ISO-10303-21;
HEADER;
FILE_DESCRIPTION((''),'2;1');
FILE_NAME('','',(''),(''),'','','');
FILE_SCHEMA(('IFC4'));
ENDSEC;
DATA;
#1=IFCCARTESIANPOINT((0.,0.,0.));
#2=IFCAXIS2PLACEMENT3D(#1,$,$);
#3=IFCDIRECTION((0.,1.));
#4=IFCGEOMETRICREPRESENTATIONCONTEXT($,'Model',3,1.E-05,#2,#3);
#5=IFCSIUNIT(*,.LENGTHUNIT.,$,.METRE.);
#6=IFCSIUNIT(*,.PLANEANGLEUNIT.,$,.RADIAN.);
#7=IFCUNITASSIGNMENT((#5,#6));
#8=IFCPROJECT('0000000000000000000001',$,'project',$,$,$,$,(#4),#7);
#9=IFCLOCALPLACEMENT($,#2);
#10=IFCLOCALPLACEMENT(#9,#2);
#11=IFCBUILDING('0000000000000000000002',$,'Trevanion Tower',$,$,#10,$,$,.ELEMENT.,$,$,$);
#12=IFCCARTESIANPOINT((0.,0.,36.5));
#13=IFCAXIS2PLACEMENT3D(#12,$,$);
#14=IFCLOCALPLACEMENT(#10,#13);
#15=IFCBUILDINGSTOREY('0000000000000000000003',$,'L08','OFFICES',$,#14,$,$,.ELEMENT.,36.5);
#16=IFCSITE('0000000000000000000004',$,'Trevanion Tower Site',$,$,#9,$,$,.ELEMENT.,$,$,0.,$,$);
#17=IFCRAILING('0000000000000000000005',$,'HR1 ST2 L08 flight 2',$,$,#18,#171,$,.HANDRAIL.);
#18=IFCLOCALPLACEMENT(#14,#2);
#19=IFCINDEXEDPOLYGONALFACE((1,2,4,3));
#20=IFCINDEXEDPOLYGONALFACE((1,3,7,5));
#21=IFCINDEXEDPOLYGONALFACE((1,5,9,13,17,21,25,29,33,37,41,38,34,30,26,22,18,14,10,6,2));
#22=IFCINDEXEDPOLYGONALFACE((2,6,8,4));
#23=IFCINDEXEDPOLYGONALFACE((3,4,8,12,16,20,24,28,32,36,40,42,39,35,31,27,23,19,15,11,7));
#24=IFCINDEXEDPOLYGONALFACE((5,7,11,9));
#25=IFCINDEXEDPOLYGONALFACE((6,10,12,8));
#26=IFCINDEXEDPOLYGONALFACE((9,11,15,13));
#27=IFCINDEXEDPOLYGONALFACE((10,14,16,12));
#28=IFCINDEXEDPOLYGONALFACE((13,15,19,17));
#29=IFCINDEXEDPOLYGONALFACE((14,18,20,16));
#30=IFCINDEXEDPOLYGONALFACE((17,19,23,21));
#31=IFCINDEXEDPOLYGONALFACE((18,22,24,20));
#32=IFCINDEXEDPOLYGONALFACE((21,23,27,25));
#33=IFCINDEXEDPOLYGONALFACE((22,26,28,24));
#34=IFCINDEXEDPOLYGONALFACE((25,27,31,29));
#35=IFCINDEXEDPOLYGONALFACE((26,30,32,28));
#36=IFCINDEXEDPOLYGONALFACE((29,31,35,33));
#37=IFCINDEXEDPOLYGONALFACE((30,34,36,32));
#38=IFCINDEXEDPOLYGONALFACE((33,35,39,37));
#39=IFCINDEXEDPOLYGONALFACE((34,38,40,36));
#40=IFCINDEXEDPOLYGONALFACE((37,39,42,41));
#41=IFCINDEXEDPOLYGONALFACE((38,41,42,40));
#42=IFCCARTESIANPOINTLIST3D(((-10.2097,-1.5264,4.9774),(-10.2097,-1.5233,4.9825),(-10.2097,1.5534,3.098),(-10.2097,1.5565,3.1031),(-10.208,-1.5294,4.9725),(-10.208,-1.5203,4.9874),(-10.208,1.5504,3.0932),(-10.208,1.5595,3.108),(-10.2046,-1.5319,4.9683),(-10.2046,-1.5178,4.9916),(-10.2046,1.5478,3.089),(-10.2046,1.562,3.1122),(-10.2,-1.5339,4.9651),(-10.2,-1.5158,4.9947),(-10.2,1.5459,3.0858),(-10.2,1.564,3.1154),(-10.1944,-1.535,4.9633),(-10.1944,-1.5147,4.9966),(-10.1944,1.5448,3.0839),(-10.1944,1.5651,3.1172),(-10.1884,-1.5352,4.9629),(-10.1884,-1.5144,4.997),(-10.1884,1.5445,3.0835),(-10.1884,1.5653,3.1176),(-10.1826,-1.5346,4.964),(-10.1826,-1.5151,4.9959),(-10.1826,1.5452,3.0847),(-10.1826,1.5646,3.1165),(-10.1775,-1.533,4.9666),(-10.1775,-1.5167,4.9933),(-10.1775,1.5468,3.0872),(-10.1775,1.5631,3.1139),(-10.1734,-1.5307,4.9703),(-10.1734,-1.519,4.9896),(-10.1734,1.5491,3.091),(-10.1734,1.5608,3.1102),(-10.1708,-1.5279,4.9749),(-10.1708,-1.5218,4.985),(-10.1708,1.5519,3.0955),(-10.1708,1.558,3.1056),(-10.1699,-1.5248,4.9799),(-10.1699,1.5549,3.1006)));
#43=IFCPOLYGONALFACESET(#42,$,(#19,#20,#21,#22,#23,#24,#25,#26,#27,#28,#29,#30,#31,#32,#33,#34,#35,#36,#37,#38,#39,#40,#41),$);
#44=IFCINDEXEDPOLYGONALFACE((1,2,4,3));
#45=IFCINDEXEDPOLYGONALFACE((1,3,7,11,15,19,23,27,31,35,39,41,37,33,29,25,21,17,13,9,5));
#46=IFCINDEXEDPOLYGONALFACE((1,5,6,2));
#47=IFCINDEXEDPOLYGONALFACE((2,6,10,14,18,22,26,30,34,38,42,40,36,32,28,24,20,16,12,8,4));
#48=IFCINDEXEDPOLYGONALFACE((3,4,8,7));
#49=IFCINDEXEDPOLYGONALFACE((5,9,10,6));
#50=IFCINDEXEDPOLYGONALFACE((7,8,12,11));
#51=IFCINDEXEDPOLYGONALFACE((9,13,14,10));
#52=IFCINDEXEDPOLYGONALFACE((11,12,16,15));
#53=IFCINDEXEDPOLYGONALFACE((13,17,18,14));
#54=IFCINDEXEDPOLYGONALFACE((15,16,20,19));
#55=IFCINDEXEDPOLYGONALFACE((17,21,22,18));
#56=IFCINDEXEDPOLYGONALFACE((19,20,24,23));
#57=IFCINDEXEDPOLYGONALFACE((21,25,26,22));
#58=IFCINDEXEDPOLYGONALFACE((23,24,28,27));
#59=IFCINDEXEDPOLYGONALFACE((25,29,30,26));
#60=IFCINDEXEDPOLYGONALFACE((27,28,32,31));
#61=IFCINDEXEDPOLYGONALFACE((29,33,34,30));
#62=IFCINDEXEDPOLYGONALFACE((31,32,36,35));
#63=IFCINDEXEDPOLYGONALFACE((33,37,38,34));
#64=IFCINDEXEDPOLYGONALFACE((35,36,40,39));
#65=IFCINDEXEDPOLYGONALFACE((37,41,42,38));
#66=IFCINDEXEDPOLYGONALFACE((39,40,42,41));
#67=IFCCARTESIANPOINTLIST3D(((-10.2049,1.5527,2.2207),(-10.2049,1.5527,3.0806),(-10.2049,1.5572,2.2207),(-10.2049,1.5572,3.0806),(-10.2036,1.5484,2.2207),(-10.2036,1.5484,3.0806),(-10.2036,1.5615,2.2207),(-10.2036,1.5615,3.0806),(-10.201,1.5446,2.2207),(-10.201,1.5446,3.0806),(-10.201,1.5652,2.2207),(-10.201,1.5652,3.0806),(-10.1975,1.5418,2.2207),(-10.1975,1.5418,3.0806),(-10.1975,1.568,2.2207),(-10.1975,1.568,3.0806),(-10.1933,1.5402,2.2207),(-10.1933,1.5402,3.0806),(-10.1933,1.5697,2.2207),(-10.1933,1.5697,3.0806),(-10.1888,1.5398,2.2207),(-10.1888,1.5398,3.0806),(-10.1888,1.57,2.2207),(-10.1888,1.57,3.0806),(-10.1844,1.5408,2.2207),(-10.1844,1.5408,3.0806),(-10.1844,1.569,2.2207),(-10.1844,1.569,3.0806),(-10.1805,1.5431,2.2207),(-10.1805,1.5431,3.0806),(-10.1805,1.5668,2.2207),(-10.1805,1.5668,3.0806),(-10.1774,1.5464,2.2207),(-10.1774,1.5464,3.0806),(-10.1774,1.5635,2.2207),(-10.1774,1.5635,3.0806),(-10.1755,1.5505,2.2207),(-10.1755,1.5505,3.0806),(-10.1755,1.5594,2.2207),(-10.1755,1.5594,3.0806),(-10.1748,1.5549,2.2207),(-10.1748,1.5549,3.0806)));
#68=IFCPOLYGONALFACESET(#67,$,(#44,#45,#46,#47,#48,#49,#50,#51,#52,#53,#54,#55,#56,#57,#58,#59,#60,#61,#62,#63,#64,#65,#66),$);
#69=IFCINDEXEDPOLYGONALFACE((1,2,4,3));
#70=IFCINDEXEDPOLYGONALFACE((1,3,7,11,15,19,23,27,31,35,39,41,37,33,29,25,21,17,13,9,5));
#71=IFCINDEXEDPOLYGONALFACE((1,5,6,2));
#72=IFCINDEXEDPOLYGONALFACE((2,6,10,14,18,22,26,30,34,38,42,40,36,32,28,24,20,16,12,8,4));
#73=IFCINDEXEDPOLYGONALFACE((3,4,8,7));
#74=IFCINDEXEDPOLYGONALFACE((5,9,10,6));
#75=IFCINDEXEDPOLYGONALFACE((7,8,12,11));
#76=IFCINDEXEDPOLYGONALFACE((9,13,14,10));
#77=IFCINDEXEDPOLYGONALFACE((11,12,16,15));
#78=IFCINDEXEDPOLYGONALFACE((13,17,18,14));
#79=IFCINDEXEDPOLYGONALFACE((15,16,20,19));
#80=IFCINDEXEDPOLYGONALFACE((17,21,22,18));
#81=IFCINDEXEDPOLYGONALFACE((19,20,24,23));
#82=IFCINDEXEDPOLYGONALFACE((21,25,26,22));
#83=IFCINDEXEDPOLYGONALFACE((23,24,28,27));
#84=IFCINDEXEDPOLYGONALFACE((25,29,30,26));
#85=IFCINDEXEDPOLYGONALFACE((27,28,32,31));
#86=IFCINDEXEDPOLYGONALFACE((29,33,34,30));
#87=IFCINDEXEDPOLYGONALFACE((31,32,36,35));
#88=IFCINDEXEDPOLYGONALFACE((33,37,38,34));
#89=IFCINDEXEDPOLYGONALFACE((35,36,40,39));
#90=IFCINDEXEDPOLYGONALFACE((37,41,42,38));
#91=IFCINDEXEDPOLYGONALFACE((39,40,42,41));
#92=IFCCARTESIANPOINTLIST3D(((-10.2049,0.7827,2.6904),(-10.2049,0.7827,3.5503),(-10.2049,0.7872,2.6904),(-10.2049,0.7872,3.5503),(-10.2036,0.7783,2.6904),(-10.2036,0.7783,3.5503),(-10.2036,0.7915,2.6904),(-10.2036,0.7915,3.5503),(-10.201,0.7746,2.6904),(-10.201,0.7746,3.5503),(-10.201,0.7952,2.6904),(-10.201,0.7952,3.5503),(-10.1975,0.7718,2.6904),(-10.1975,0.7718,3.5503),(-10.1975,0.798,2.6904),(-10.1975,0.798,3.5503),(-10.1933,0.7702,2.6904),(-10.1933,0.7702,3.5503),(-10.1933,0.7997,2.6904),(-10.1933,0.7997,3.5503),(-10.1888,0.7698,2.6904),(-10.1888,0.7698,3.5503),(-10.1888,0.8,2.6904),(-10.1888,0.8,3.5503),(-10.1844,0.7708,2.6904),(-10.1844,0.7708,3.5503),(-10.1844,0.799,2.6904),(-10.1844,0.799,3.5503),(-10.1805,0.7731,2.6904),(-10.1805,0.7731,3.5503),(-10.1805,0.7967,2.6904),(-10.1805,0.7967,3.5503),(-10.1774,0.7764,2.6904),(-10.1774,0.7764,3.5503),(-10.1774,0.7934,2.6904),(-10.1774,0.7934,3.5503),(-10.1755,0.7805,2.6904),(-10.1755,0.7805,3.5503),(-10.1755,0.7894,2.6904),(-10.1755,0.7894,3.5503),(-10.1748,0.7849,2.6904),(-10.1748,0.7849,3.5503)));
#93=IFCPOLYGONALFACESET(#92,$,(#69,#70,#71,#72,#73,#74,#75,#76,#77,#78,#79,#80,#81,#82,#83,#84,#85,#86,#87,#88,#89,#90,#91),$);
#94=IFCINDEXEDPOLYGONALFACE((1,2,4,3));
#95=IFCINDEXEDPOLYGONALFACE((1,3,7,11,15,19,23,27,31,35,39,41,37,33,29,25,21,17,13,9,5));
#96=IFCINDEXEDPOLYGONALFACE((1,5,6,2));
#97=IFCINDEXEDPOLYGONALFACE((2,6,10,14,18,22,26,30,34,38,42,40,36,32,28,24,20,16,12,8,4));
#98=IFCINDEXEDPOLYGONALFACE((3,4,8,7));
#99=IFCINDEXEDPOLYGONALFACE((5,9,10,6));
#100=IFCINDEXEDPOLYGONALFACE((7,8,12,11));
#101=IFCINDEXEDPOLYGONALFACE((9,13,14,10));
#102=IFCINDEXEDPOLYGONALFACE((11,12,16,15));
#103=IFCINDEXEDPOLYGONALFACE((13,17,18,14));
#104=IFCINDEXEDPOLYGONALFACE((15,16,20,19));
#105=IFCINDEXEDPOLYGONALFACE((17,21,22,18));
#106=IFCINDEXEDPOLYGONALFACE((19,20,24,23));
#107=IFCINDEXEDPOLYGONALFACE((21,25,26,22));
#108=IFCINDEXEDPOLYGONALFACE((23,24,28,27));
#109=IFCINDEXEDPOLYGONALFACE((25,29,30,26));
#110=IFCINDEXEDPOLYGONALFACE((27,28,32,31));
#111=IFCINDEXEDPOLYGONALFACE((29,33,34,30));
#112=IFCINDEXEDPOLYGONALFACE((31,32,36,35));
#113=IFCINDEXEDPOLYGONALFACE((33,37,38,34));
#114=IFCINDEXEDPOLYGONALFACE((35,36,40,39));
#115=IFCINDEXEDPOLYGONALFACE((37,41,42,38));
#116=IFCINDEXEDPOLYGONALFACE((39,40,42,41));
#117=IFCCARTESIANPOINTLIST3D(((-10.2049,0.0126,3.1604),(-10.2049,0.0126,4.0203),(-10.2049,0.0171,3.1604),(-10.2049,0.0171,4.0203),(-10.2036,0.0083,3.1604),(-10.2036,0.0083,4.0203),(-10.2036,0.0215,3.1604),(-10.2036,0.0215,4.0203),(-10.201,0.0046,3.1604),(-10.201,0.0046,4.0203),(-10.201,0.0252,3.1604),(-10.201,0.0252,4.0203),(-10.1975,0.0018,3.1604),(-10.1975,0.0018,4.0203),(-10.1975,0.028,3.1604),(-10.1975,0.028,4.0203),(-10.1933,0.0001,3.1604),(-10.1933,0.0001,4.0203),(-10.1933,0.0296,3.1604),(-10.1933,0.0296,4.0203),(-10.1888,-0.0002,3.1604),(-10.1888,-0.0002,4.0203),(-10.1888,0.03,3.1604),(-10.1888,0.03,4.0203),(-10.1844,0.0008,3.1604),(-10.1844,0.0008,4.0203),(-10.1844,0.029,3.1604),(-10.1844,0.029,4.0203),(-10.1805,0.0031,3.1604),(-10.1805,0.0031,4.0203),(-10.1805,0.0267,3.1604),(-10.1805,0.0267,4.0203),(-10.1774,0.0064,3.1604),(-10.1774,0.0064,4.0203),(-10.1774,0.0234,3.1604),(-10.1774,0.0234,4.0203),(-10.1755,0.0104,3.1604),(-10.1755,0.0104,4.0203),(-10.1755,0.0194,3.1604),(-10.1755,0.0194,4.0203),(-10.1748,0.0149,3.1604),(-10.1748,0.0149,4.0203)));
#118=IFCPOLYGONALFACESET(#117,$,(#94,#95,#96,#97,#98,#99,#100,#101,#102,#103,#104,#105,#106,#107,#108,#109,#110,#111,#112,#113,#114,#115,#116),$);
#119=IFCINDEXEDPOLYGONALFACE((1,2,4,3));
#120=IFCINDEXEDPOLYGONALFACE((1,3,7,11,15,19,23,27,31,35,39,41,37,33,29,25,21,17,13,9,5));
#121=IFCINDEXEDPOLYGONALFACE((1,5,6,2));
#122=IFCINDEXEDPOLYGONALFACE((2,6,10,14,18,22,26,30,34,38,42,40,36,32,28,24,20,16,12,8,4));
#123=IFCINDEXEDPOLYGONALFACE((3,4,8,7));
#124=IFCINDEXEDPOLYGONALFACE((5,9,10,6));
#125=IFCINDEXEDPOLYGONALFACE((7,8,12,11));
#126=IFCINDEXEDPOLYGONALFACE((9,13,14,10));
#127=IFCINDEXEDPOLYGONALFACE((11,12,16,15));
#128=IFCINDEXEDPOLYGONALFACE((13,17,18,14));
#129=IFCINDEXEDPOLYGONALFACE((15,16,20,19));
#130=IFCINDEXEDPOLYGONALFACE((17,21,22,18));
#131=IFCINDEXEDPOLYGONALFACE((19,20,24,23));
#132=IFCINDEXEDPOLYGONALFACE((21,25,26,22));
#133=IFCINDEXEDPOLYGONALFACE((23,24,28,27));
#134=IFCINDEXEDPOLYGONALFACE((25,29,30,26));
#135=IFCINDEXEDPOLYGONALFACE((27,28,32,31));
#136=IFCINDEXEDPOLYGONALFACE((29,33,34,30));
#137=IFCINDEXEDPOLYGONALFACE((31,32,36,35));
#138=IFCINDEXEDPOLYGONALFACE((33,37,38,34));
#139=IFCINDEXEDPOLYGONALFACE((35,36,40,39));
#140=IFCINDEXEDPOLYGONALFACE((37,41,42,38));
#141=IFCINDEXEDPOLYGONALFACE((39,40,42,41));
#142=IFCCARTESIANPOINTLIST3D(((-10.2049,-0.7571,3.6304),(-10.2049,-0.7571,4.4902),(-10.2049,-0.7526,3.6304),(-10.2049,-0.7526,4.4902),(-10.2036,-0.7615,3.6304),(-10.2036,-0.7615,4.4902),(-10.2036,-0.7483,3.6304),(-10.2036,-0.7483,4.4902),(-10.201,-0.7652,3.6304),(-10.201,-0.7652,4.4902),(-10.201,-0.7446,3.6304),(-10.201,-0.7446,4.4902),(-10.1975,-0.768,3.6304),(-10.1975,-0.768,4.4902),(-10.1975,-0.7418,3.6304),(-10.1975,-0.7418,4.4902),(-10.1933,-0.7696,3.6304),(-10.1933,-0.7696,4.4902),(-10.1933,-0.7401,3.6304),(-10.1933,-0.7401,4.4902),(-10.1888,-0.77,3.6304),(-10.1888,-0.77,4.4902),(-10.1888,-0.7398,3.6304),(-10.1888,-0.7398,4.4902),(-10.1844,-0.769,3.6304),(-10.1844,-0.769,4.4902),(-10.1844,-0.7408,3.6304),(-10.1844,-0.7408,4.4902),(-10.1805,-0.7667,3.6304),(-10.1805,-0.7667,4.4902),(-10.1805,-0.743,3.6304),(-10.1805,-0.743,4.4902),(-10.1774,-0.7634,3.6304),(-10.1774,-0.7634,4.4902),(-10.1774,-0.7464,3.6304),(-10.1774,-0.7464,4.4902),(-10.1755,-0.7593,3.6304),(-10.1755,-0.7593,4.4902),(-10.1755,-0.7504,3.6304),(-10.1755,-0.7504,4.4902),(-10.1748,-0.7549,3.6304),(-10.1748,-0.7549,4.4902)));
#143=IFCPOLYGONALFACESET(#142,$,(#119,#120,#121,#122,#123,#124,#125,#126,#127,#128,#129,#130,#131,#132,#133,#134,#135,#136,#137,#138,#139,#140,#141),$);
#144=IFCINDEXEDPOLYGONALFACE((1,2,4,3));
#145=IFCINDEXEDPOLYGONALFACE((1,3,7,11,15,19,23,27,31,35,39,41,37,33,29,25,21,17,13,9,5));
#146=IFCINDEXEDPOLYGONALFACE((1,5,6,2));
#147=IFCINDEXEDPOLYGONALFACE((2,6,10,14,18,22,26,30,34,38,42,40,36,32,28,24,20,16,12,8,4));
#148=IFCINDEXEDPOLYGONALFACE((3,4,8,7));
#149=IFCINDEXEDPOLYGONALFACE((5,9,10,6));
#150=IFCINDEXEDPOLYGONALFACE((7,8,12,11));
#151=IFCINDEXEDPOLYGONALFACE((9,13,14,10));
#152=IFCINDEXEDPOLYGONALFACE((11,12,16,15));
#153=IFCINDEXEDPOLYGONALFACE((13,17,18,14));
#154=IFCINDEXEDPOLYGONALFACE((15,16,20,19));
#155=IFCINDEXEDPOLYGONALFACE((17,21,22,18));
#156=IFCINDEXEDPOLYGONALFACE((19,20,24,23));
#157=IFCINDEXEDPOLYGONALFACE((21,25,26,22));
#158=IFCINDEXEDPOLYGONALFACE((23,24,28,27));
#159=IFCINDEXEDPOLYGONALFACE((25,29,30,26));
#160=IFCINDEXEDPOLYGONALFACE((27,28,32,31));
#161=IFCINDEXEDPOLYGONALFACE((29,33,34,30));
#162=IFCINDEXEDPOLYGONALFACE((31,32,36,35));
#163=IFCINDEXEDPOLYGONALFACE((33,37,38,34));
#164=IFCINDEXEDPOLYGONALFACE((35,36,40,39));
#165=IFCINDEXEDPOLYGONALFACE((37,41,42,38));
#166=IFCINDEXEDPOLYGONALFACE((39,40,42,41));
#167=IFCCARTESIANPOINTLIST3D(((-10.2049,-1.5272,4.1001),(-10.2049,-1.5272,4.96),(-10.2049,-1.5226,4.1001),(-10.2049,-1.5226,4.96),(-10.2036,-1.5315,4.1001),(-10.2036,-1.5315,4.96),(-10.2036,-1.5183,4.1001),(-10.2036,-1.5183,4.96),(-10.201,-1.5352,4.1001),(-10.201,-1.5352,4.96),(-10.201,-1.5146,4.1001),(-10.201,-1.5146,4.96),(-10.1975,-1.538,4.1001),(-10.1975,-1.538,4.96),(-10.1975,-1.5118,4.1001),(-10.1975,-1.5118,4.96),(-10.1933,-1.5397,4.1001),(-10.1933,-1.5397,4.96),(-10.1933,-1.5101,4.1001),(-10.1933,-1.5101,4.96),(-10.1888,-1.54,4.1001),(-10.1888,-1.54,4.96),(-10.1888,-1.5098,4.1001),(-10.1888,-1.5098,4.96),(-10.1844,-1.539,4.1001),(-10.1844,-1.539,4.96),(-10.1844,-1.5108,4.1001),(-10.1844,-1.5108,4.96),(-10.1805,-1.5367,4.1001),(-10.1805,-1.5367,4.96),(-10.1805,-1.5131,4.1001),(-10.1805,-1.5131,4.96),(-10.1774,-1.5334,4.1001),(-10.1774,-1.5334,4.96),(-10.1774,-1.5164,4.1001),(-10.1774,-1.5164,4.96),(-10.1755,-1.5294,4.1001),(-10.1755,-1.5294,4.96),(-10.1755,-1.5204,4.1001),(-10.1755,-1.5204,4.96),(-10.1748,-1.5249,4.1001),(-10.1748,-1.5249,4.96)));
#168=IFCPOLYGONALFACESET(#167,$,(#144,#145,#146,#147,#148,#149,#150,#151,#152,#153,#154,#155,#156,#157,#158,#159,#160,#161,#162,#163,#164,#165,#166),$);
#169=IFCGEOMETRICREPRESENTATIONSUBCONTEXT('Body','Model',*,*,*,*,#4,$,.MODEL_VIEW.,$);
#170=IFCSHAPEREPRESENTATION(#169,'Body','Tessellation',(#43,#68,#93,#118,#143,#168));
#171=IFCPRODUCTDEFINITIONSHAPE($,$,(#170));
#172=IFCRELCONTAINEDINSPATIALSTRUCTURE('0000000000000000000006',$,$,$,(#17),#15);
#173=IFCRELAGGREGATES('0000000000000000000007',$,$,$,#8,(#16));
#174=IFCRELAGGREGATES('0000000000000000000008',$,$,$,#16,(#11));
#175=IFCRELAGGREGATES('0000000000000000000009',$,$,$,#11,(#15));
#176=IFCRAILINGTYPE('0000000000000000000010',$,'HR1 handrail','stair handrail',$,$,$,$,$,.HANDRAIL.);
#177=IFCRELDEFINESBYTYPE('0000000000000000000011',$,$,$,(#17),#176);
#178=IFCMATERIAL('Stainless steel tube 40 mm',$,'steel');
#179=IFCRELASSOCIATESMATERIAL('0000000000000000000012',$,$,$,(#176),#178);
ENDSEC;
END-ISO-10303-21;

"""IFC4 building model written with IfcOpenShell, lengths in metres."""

from ifc_helpers import new_model, si_unit, direction, frame, origin, origin_2d, place, context, subcontext, project, spatial, circle, extrude, material, type_object, element, save


model = new_model("IFC4")

# Units and contexts
model_context = context("Model", 3, precision=1e-05, world=origin(), true_north=direction((0.0, 1.0)))
body_context = subcontext(model_context, "Body", "Model", "MODEL_VIEW")
ifc_project = project(units=[si_unit("LENGTHUNIT", "METRE"), si_unit("PLANEANGLEUNIT", "RADIAN")], contexts=[model_context])

# Site, building, storey
site_placement = place(None, origin())
site = spatial("IfcSite", under=ifc_project, at=site_placement, Name="Trevanion Tower Site", CompositionType="ELEMENT", RefElevation=0.0)
building_placement = place(site_placement, origin())
building = spatial("IfcBuilding", under=site, at=building_placement, Name="Trevanion Tower", CompositionType="ELEMENT")
storey_placement = place(building_placement, frame((0.0, 0.0, 36.5)))
storey = spatial("IfcBuildingStorey", under=building, at=storey_placement, Name="L08", Description="OFFICES", CompositionType="ELEMENT", Elevation=36.5)

# Railing
ifc_material_1 = material(Name="Stainless steel tube 40 mm", Category="steel")
railing_type = type_object("IfcRailingType", Name="HR1 handrail", Description="stair handrail", PredefinedType="HANDRAIL", material=ifc_material_1)
for number, where, name in (
    (1, (-10.1899, 1.5549, 2.2207), "HR1 ST2 L08 flight 2"),
):
    element("IfcRailing", number, at=place(storey_placement, frame(where)), inside=storey, type_object=railing_type, Name=name, PredefinedType="HANDRAIL", context=body_context, shape_type="SweptSolid", body=[
        extrude(circle(Radius=0.02, at=origin_2d()), frame((0.0, 0.0, 0.8799), z_axis=(0.0, -0.853618, 0.5209), x_axis=(1.0, 0.0, 0.0)), (0.0, 0.0, 1.0), 3.6079),
        extrude(circle(Radius=0.0151, at=origin_2d()), origin(), (0.0, 0.0, 1.0), 0.8599),
        extrude(circle(Radius=0.0151, at=origin_2d()), frame((0.0, -0.77, 0.4697)), (0.0, 0.0, 1.0), 0.8599),
        extrude(circle(Radius=0.0151, at=origin_2d()), frame((0.0, -1.54, 0.9397)), (0.0, 0.0, 1.0), 0.8599),
        extrude(circle(Radius=0.0151, at=origin_2d()), frame((0.0, -2.3098, 1.4097)), (0.0, 0.0, 1.0), 0.8599),
        extrude(circle(Radius=0.0151, at=origin_2d()), frame((0.0, -3.0798, 1.8794)), (0.0, 0.0, 1.0), 0.8599),
    ])

save(model, "model.ifc")
